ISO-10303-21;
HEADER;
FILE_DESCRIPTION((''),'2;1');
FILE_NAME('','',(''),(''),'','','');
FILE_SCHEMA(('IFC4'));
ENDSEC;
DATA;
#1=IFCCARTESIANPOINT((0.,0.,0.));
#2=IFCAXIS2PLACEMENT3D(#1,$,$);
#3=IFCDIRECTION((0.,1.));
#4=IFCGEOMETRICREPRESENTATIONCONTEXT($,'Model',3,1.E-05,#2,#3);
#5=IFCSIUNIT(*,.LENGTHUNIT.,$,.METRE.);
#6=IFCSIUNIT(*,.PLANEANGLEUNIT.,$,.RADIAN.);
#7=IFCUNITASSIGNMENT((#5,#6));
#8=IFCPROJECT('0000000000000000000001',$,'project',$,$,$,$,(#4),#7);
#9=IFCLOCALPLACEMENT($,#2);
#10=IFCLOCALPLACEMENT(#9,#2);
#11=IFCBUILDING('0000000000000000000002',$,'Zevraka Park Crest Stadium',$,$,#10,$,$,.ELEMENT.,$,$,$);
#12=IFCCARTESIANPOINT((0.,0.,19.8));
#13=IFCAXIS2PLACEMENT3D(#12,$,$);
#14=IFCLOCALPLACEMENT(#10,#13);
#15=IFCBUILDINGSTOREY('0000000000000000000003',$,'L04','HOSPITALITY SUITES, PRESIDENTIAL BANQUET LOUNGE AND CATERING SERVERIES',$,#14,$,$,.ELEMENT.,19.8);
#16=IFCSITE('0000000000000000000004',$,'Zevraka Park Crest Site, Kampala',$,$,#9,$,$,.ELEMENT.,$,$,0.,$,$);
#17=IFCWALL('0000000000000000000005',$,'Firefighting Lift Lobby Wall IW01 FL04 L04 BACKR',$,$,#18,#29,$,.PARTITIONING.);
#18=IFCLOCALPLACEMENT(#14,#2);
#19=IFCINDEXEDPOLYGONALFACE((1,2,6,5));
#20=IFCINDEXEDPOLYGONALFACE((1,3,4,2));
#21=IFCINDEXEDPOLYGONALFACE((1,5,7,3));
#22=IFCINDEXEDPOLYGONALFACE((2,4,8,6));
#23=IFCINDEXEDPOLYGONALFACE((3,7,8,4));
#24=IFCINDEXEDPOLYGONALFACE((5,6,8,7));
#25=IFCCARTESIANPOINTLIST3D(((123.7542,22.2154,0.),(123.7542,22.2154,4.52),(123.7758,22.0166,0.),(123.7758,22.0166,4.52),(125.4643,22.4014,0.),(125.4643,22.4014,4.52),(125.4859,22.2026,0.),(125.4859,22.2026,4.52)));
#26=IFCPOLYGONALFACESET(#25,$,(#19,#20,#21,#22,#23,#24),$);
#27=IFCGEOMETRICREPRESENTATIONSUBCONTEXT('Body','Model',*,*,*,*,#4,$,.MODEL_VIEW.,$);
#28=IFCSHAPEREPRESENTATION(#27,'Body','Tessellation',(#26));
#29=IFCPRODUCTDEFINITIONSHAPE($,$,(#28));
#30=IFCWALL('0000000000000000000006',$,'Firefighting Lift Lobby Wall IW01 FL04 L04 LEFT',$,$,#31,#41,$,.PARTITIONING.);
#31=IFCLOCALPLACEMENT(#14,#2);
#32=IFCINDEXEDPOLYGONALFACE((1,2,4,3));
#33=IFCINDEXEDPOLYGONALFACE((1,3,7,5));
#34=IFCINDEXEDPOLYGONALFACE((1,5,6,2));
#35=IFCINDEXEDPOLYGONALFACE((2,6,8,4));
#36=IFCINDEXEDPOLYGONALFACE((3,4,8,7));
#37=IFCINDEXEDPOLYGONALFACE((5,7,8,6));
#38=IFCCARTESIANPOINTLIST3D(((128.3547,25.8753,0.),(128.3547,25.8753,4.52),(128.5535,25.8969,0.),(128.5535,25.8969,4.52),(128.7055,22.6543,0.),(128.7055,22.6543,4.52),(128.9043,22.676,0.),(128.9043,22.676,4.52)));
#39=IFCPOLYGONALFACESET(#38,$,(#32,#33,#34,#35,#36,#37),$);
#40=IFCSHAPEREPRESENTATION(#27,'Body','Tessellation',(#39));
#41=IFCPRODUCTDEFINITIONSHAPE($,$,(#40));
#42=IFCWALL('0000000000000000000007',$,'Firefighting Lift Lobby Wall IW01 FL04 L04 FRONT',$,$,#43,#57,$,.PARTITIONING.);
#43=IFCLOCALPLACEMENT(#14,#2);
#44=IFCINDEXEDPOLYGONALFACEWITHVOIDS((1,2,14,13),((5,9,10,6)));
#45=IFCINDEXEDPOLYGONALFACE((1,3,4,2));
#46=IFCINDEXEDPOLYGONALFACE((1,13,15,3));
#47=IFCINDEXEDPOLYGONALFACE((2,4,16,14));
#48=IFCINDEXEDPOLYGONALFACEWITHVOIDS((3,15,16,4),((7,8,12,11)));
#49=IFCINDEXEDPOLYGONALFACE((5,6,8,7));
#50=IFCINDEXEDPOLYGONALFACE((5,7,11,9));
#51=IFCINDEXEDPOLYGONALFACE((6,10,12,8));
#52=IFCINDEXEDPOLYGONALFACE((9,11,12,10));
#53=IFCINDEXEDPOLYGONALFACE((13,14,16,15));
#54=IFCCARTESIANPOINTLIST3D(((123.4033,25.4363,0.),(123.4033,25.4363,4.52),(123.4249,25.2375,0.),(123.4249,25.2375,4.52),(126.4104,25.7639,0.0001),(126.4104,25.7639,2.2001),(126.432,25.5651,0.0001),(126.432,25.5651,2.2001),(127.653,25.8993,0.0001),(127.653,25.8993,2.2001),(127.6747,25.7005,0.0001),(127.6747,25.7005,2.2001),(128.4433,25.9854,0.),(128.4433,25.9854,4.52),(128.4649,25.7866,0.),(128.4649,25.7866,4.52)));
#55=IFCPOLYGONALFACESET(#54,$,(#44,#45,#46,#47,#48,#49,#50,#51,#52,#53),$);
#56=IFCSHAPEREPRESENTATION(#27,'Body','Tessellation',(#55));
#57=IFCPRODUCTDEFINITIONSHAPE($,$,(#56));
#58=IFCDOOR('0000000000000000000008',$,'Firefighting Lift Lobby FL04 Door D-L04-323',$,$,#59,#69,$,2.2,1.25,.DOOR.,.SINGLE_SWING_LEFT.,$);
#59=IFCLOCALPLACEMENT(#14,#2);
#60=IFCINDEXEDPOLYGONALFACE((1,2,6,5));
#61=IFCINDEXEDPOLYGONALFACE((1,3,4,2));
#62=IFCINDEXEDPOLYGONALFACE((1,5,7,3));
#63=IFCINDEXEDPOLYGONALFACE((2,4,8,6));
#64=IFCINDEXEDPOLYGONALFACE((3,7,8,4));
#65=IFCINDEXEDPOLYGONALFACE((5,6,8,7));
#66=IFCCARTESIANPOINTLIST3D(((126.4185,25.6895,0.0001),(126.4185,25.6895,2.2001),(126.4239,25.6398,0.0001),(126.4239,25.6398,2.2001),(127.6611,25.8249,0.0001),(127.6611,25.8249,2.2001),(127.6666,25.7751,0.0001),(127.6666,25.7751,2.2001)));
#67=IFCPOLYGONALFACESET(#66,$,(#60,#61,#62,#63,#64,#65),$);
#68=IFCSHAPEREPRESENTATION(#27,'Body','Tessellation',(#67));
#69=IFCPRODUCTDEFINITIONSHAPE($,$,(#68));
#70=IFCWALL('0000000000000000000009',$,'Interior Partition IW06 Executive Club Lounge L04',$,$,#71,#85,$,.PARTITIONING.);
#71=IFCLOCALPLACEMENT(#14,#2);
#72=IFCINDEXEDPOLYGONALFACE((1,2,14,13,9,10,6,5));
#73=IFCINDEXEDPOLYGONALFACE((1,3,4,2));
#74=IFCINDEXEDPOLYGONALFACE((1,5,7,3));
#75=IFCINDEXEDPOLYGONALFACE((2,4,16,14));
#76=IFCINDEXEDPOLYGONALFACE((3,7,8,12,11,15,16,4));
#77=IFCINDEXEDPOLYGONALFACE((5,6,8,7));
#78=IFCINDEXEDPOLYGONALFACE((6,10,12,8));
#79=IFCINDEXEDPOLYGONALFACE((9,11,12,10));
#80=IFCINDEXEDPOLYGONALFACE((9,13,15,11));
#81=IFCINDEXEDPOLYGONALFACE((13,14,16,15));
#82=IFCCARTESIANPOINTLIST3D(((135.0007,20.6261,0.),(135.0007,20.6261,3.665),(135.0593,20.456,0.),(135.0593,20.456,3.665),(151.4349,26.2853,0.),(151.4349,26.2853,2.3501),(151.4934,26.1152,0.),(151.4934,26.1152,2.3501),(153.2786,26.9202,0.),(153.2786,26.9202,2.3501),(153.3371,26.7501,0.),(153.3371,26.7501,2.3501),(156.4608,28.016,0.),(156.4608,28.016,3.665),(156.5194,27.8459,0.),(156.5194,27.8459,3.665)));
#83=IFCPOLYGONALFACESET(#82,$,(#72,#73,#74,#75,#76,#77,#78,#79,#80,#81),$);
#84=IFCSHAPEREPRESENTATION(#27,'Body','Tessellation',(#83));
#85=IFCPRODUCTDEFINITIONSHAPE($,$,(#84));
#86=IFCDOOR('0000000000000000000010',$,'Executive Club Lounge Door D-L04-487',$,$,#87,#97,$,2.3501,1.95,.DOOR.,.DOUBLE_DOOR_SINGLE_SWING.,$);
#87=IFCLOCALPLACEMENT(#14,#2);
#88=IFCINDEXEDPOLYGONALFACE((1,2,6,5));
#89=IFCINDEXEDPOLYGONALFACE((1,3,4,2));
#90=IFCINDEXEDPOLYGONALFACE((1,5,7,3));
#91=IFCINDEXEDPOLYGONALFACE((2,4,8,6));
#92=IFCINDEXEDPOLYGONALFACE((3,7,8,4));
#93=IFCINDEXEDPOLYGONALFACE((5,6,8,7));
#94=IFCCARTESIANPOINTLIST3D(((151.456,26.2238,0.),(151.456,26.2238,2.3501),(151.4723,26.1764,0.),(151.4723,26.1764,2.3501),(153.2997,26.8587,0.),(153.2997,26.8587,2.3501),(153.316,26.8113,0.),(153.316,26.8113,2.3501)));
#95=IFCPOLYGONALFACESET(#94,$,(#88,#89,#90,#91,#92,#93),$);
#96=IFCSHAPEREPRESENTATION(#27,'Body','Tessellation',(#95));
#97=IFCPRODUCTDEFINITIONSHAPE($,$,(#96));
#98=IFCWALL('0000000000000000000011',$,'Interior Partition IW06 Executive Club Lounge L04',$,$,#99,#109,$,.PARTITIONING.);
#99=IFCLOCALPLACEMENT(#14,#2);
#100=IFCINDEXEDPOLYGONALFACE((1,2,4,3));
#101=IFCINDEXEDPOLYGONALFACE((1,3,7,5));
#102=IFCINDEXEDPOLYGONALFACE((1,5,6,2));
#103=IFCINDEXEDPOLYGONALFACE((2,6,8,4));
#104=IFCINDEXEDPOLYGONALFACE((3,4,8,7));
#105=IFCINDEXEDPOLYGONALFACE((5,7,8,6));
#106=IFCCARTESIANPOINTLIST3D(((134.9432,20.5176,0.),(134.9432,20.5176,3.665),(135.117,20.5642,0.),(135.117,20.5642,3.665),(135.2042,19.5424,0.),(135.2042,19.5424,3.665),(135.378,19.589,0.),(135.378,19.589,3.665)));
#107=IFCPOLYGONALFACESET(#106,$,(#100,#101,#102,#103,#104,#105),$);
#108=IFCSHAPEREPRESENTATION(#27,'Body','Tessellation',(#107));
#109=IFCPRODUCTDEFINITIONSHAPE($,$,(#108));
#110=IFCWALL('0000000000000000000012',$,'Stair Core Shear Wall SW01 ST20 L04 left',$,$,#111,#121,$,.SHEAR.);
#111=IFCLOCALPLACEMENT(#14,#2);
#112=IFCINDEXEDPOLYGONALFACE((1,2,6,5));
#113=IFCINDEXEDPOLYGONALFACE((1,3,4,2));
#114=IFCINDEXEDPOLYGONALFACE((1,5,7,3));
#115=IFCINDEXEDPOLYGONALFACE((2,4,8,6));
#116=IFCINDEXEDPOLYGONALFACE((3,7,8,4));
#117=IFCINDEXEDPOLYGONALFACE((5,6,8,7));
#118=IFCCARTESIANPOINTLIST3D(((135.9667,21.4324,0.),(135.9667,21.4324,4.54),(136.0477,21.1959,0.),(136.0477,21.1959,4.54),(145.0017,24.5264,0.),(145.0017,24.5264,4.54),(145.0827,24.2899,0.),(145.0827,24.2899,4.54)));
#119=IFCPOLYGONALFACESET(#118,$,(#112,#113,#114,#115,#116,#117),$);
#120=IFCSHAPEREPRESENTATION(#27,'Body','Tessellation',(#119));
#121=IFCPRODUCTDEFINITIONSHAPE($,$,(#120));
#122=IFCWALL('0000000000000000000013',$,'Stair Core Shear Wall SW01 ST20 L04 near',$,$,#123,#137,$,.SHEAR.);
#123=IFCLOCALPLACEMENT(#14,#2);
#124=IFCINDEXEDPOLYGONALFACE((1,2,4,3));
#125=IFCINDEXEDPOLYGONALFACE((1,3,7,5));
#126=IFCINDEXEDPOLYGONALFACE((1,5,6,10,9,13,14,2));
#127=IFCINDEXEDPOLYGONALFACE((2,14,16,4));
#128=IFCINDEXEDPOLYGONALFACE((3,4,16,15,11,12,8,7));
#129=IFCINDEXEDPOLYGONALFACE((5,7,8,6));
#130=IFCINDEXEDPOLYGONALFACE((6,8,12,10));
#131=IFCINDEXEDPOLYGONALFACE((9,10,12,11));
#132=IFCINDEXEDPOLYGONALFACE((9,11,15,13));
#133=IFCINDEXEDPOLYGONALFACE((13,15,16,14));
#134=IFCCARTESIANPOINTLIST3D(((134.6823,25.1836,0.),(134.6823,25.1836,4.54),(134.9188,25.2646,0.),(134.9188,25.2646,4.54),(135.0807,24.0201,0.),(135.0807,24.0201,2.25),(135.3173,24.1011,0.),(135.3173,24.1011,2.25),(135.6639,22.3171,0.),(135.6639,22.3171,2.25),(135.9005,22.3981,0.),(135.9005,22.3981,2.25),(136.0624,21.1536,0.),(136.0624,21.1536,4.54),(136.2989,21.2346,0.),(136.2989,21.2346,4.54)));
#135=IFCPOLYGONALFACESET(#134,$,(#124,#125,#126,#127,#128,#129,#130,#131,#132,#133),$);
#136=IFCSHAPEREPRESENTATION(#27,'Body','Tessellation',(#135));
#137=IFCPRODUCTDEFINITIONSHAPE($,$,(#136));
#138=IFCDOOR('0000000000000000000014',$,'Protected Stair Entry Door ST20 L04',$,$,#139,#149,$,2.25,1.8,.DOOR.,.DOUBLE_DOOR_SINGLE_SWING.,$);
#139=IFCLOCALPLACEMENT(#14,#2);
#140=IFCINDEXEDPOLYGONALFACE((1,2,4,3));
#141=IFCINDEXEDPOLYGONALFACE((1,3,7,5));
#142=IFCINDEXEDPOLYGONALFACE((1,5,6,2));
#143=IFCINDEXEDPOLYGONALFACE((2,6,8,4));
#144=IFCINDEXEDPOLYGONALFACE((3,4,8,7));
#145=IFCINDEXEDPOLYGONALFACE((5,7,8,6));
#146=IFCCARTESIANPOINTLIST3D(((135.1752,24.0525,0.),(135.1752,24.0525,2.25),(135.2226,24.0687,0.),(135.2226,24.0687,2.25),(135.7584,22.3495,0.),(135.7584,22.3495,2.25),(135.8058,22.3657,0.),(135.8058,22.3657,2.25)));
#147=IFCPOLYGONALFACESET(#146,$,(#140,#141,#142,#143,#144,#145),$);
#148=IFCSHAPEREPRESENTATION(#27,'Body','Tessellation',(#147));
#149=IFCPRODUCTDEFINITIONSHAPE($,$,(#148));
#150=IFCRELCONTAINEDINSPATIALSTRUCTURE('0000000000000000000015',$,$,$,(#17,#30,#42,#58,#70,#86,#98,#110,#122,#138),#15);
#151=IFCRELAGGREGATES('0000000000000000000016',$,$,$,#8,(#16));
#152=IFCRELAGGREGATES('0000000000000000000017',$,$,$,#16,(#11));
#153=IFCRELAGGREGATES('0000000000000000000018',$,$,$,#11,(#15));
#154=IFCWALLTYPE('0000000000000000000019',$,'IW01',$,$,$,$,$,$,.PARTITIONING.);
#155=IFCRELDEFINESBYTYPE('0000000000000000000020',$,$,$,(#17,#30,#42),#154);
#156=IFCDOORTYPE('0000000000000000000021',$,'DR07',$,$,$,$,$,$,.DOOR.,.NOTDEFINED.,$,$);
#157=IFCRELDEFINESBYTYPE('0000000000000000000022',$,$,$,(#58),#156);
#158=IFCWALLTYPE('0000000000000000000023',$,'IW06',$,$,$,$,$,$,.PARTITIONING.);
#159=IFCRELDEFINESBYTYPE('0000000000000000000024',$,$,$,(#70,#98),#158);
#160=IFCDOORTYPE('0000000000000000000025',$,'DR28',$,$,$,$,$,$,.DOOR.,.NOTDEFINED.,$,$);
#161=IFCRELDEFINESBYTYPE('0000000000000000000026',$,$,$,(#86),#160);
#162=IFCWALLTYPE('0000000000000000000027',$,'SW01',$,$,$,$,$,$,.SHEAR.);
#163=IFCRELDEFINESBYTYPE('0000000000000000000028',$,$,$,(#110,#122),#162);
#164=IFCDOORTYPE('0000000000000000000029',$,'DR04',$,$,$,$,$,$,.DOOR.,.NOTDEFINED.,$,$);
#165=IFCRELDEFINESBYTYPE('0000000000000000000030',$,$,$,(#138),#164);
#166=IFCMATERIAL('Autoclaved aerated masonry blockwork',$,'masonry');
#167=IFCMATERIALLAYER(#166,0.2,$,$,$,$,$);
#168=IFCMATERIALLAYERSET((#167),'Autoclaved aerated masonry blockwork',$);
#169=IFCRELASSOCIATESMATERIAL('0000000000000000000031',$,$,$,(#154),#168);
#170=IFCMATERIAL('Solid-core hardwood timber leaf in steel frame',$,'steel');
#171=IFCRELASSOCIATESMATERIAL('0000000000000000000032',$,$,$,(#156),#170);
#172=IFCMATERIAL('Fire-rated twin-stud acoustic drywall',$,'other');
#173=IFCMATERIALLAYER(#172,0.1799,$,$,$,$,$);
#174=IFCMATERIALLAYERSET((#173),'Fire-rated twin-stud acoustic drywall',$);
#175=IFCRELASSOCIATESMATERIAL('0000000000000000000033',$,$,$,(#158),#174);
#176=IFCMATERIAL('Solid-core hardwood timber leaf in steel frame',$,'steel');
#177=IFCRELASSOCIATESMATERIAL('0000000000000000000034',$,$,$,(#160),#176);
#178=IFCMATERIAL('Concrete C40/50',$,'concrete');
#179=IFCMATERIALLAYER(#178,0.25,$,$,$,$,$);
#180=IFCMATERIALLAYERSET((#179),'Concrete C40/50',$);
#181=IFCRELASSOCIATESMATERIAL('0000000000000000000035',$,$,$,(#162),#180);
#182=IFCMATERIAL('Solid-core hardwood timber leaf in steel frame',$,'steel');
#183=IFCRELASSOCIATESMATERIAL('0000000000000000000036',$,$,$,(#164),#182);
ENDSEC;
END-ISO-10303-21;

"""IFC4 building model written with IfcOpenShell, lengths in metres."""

from ifc_helpers import new_model, si_unit, direction, frame, frame_2d, origin, place, context, subcontext, project, spatial, rectangle, extrude, material, layer, layer_set, type_object, element, fill, save


model = new_model("IFC4")

# Units and contexts
model_context = context("Model", 3, precision=1e-05, world=origin(), true_north=direction((0.0, 1.0)))
body_context = subcontext(model_context, "Body", "Model", "MODEL_VIEW")
ifc_project = project(units=[si_unit("LENGTHUNIT", "METRE"), si_unit("PLANEANGLEUNIT", "RADIAN")], contexts=[model_context])

# Site, building, storey
site_placement = place(None, origin())
site = spatial("IfcSite", under=ifc_project, at=site_placement, Name="Zevraka Park Crest Site, Kampala", CompositionType="ELEMENT", RefElevation=0.0)
building_placement = place(site_placement, origin())
building = spatial("IfcBuilding", under=site, at=building_placement, Name="Zevraka Park Crest Stadium", CompositionType="ELEMENT")
storey_placement = place(building_placement, frame((0.0, 0.0, 19.8)))
storey = spatial("IfcBuildingStorey", under=building, at=storey_placement, Name="L04", Description="HOSPITALITY SUITES, PRESIDENTIAL BANQUET LOUNGE AND CATERING SERVERIES", CompositionType="ELEMENT", Elevation=19.8)

# Walls
ifc_material_1 = material(Name="Autoclaved aerated masonry blockwork", Category="masonry")
ifc_layer_1 = layer(ifc_material_1, 0.2)
ifc_layer_set_1 = layer_set([ifc_layer_1], Name="Autoclaved aerated masonry blockwork")
wall_type_1 = type_object("IfcWallType", Name="IW01", PredefinedType="PARTITIONING", material=ifc_layer_set_1)
wall_1_placement = place(storey_placement, frame((125.4751, 22.302, 0.0), z_axis=(0.0, 0.0, 1.0), x_axis=(-0.994136, -0.108142, 0.0)))
element("IfcWall", 1, at=wall_1_placement, inside=storey, type_object=wall_type_1, Name="Firefighting Lift Lobby Wall IW01 FL04 L04 BACKR", PredefinedType="PARTITIONING", context=body_context, shape_type="SweptSolid", body=[
    extrude(rectangle(XDim=1.7202, YDim=0.2, at=frame_2d((0.8601, 0.0))), origin(), (0.0, 0.0, 1.0), 4.52),
])
wall_2_placement = place(storey_placement, frame((128.8049, 22.665, 0.0), z_axis=(0.0, 0.0, 1.0), x_axis=(-0.108281, 0.99412, 0.0)))
element("IfcWall", 2, at=wall_2_placement, inside=storey, type_object=wall_type_1, Name="Firefighting Lift Lobby Wall IW01 FL04 L04 LEFT", PredefinedType="PARTITIONING", context=body_context, shape_type="SweptSolid", body=[
    extrude(rectangle(XDim=3.24, YDim=0.2, at=frame_2d((1.6201, 0.0))), origin(), (0.0, 0.0, 1.0), 4.52),
])

# Walls, openings, doors
wall_3_placement = place(storey_placement, frame((128.4541, 25.886, 0.0), z_axis=(0.0, 0.0, 1.0), x_axis=(-0.994118, -0.108301, 0.0)))
wall_3 = element("IfcWall", 3, at=wall_3_placement, inside=storey, type_object=wall_type_1, Name="Firefighting Lift Lobby Wall IW01 FL04 L04 FRONT", PredefinedType="PARTITIONING", context=body_context, shape_type="SweptSolid", body=[
    extrude(rectangle(XDim=5.0698, YDim=0.2, at=frame_2d((2.5349, 0.0))), origin(), (0.0, 0.0, 1.0), 4.52),
])
opening_1_placement = place(wall_3_placement, frame((0.7949, 0.0, 0.0)))
opening_1 = element("IfcOpeningElement", 4, at=opening_1_placement, cuts=wall_3, PredefinedType="OPENING", context=body_context, shape_type="SweptSolid", body=[
    extrude(rectangle(XDim=1.25, YDim=2.2, at=frame_2d((0.625, 1.1001))), frame((0.0, 0.1099, 0.0), z_axis=(0.0, -1.0, 0.0), x_axis=(1.0, 0.0, 0.0)), (0.0, 0.0, 1.0), 0.22),
])
ifc_material_2 = material(Name="Solid-core hardwood timber leaf in steel frame", Category="steel")
door_type_1 = type_object("IfcDoorType", Name="DR07", OperationType="NOTDEFINED", PredefinedType="DOOR", material=ifc_material_2)
door_1_placement = place(opening_1_placement, origin())
door_1 = element("IfcDoor", 5, at=door_1_placement, inside=storey, type_object=door_type_1, Name="Firefighting Lift Lobby FL04 Door D-L04-323", OperationType="SINGLE_SWING_LEFT", OverallHeight=2.2, OverallWidth=1.25, PredefinedType="DOOR", context=body_context, shape_type="SweptSolid", body=[
    extrude(rectangle(XDim=1.25, YDim=2.2, at=frame_2d((0.625, 1.1001))), frame((0.0, 0.0249, 0.0), z_axis=(0.0, -1.0, 0.0), x_axis=(1.0, 0.0, 0.0)), (0.0, 0.0, 1.0), 0.05),
])
fill(opening_1, door_1)
ifc_material_3 = material(Name="Fire-rated twin-stud acoustic drywall", Category="other")
ifc_layer_2 = layer(ifc_material_3, 0.1799)
ifc_layer_set_2 = layer_set([ifc_layer_2], Name="Fire-rated twin-stud acoustic drywall")
wall_type_2 = type_object("IfcWallType", Name="IW06", PredefinedType="PARTITIONING", material=ifc_layer_set_2)
wall_4_placement = place(storey_placement, frame((135.03, 20.541, 0.0), z_axis=(0.0, 0.0, 1.0), x_axis=(0.94551, 0.325593, 0.0)))
wall_4 = element("IfcWall", 6, at=wall_4_placement, inside=storey, type_object=wall_type_2, Name="Interior Partition IW06 Executive Club Lounge L04", PredefinedType="PARTITIONING", context=body_context, shape_type="SweptSolid", body=[
    extrude(rectangle(XDim=22.6968, YDim=0.1799, at=frame_2d((11.3484, 0.0))), origin(), (0.0, 0.0, 1.0), 3.665),
])
opening_2_placement = place(wall_4_placement, frame((17.3811, 0.0, 0.0)))
opening_2 = element("IfcOpeningElement", 7, at=opening_2_placement, cuts=wall_4, PredefinedType="OPENING", context=body_context, shape_type="SweptSolid", body=[
    extrude(rectangle(XDim=1.95, YDim=2.3501, at=frame_2d((0.9751, 1.175))), frame((0.0, 0.0999, 0.0), z_axis=(0.0, -1.0, 0.0), x_axis=(1.0, 0.0, 0.0)), (0.0, 0.0, 1.0), 0.2),
])
ifc_material_4 = material(Name="Solid-core hardwood timber leaf in steel frame", Category="steel")
door_type_2 = type_object("IfcDoorType", Name="DR28", OperationType="NOTDEFINED", PredefinedType="DOOR", material=ifc_material_4)
door_2_placement = place(opening_2_placement, origin())
door_2 = element("IfcDoor", 8, at=door_2_placement, inside=storey, type_object=door_type_2, Name="Executive Club Lounge Door D-L04-487", OperationType="DOUBLE_DOOR_SINGLE_SWING", OverallHeight=2.3501, OverallWidth=1.95, PredefinedType="DOOR", context=body_context, shape_type="SweptSolid", body=[
    extrude(rectangle(XDim=1.95, YDim=2.3501, at=frame_2d((0.9751, 1.175))), frame((0.0, 0.0249, 0.0), z_axis=(0.0, -1.0, 0.0), x_axis=(1.0, 0.0, 0.0)), (0.0, 0.0, 1.0), 0.05),
])
fill(opening_2, door_2)

# Walls
wall_5_placement = place(storey_placement, frame((135.03, 20.541, 0.0), z_axis=(0.0, 0.0, 1.0), x_axis=(0.258551, -0.965998, 0.0)))
element("IfcWall", 9, at=wall_5_placement, inside=storey, type_object=wall_type_2, Name="Interior Partition IW06 Executive Club Lounge L04", PredefinedType="PARTITIONING", context=body_context, shape_type="SweptSolid", body=[
    extrude(rectangle(XDim=1.0095, YDim=0.1799, at=frame_2d((0.5049, 0.0))), origin(), (0.0, 0.0, 1.0), 3.665),
])
ifc_material_5 = material(Name="Concrete C40/50", Category="concrete")
ifc_layer_3 = layer(ifc_material_5, 0.25)
ifc_layer_set_3 = layer_set([ifc_layer_3], Name="Concrete C40/50")
wall_type_3 = type_object("IfcWallType", Name="SW01", PredefinedType="SHEAR", material=ifc_layer_set_3)
wall_6_placement = place(storey_placement, frame((136.0073, 21.3142, 0.0), z_axis=(0.0, 0.0, 1.0), x_axis=(0.946064, 0.323979, 0.0)))
element("IfcWall", 10, at=wall_6_placement, inside=storey, type_object=wall_type_3, Name="Stair Core Shear Wall SW01 ST20 L04 left", PredefinedType="SHEAR", context=body_context, shape_type="SweptSolid", body=[
    extrude(rectangle(XDim=9.55, YDim=0.25, at=frame_2d((4.7749, 0.0))), origin(), (0.0, 0.0, 1.0), 4.54),
])

# Wall, opening, door
wall_7_placement = place(storey_placement, frame((134.8005, 25.2241, 0.0), z_axis=(0.0, 0.0, 1.0), x_axis=(0.323989, -0.946061, 0.0)))
wall_7 = element("IfcWall", 11, at=wall_7_placement, inside=storey, type_object=wall_type_3, Name="Stair Core Shear Wall SW01 ST20 L04 near", PredefinedType="SHEAR", context=body_context, shape_type="SweptSolid", body=[
    extrude(rectangle(XDim=4.2598, YDim=0.25, at=frame_2d((2.1299, 0.0))), origin(), (0.0, 0.0, 1.0), 4.54),
])
opening_3_placement = place(wall_7_placement, frame((1.23, 0.0, 0.0)))
opening_3 = element("IfcOpeningElement", 12, at=opening_3_placement, cuts=wall_7, PredefinedType="OPENING", context=body_context, shape_type="SweptSolid", body=[
    extrude(rectangle(XDim=1.8, YDim=2.25, at=frame_2d((0.8999, 1.125))), frame((0.0, 0.135, 0.0), z_axis=(0.0, -1.0, 0.0), x_axis=(1.0, 0.0, 0.0)), (0.0, 0.0, 1.0), 0.27),
])
ifc_material_6 = material(Name="Solid-core hardwood timber leaf in steel frame", Category="steel")
door_type_3 = type_object("IfcDoorType", Name="DR04", OperationType="NOTDEFINED", PredefinedType="DOOR", material=ifc_material_6)
door_3_placement = place(opening_3_placement, origin())
door_3 = element("IfcDoor", 13, at=door_3_placement, inside=storey, type_object=door_type_3, Name="Protected Stair Entry Door ST20 L04", OperationType="DOUBLE_DOOR_SINGLE_SWING", OverallHeight=2.25, OverallWidth=1.8, PredefinedType="DOOR", context=body_context, shape_type="SweptSolid", body=[
    extrude(rectangle(XDim=1.8, YDim=2.25, at=frame_2d((0.8999, 1.125))), frame((0.0, 0.0249, 0.0), z_axis=(0.0, -1.0, 0.0), x_axis=(1.0, 0.0, 0.0)), (0.0, 0.0, 1.0), 0.05),
])
fill(opening_3, door_3)

save(model, "model.ifc")
